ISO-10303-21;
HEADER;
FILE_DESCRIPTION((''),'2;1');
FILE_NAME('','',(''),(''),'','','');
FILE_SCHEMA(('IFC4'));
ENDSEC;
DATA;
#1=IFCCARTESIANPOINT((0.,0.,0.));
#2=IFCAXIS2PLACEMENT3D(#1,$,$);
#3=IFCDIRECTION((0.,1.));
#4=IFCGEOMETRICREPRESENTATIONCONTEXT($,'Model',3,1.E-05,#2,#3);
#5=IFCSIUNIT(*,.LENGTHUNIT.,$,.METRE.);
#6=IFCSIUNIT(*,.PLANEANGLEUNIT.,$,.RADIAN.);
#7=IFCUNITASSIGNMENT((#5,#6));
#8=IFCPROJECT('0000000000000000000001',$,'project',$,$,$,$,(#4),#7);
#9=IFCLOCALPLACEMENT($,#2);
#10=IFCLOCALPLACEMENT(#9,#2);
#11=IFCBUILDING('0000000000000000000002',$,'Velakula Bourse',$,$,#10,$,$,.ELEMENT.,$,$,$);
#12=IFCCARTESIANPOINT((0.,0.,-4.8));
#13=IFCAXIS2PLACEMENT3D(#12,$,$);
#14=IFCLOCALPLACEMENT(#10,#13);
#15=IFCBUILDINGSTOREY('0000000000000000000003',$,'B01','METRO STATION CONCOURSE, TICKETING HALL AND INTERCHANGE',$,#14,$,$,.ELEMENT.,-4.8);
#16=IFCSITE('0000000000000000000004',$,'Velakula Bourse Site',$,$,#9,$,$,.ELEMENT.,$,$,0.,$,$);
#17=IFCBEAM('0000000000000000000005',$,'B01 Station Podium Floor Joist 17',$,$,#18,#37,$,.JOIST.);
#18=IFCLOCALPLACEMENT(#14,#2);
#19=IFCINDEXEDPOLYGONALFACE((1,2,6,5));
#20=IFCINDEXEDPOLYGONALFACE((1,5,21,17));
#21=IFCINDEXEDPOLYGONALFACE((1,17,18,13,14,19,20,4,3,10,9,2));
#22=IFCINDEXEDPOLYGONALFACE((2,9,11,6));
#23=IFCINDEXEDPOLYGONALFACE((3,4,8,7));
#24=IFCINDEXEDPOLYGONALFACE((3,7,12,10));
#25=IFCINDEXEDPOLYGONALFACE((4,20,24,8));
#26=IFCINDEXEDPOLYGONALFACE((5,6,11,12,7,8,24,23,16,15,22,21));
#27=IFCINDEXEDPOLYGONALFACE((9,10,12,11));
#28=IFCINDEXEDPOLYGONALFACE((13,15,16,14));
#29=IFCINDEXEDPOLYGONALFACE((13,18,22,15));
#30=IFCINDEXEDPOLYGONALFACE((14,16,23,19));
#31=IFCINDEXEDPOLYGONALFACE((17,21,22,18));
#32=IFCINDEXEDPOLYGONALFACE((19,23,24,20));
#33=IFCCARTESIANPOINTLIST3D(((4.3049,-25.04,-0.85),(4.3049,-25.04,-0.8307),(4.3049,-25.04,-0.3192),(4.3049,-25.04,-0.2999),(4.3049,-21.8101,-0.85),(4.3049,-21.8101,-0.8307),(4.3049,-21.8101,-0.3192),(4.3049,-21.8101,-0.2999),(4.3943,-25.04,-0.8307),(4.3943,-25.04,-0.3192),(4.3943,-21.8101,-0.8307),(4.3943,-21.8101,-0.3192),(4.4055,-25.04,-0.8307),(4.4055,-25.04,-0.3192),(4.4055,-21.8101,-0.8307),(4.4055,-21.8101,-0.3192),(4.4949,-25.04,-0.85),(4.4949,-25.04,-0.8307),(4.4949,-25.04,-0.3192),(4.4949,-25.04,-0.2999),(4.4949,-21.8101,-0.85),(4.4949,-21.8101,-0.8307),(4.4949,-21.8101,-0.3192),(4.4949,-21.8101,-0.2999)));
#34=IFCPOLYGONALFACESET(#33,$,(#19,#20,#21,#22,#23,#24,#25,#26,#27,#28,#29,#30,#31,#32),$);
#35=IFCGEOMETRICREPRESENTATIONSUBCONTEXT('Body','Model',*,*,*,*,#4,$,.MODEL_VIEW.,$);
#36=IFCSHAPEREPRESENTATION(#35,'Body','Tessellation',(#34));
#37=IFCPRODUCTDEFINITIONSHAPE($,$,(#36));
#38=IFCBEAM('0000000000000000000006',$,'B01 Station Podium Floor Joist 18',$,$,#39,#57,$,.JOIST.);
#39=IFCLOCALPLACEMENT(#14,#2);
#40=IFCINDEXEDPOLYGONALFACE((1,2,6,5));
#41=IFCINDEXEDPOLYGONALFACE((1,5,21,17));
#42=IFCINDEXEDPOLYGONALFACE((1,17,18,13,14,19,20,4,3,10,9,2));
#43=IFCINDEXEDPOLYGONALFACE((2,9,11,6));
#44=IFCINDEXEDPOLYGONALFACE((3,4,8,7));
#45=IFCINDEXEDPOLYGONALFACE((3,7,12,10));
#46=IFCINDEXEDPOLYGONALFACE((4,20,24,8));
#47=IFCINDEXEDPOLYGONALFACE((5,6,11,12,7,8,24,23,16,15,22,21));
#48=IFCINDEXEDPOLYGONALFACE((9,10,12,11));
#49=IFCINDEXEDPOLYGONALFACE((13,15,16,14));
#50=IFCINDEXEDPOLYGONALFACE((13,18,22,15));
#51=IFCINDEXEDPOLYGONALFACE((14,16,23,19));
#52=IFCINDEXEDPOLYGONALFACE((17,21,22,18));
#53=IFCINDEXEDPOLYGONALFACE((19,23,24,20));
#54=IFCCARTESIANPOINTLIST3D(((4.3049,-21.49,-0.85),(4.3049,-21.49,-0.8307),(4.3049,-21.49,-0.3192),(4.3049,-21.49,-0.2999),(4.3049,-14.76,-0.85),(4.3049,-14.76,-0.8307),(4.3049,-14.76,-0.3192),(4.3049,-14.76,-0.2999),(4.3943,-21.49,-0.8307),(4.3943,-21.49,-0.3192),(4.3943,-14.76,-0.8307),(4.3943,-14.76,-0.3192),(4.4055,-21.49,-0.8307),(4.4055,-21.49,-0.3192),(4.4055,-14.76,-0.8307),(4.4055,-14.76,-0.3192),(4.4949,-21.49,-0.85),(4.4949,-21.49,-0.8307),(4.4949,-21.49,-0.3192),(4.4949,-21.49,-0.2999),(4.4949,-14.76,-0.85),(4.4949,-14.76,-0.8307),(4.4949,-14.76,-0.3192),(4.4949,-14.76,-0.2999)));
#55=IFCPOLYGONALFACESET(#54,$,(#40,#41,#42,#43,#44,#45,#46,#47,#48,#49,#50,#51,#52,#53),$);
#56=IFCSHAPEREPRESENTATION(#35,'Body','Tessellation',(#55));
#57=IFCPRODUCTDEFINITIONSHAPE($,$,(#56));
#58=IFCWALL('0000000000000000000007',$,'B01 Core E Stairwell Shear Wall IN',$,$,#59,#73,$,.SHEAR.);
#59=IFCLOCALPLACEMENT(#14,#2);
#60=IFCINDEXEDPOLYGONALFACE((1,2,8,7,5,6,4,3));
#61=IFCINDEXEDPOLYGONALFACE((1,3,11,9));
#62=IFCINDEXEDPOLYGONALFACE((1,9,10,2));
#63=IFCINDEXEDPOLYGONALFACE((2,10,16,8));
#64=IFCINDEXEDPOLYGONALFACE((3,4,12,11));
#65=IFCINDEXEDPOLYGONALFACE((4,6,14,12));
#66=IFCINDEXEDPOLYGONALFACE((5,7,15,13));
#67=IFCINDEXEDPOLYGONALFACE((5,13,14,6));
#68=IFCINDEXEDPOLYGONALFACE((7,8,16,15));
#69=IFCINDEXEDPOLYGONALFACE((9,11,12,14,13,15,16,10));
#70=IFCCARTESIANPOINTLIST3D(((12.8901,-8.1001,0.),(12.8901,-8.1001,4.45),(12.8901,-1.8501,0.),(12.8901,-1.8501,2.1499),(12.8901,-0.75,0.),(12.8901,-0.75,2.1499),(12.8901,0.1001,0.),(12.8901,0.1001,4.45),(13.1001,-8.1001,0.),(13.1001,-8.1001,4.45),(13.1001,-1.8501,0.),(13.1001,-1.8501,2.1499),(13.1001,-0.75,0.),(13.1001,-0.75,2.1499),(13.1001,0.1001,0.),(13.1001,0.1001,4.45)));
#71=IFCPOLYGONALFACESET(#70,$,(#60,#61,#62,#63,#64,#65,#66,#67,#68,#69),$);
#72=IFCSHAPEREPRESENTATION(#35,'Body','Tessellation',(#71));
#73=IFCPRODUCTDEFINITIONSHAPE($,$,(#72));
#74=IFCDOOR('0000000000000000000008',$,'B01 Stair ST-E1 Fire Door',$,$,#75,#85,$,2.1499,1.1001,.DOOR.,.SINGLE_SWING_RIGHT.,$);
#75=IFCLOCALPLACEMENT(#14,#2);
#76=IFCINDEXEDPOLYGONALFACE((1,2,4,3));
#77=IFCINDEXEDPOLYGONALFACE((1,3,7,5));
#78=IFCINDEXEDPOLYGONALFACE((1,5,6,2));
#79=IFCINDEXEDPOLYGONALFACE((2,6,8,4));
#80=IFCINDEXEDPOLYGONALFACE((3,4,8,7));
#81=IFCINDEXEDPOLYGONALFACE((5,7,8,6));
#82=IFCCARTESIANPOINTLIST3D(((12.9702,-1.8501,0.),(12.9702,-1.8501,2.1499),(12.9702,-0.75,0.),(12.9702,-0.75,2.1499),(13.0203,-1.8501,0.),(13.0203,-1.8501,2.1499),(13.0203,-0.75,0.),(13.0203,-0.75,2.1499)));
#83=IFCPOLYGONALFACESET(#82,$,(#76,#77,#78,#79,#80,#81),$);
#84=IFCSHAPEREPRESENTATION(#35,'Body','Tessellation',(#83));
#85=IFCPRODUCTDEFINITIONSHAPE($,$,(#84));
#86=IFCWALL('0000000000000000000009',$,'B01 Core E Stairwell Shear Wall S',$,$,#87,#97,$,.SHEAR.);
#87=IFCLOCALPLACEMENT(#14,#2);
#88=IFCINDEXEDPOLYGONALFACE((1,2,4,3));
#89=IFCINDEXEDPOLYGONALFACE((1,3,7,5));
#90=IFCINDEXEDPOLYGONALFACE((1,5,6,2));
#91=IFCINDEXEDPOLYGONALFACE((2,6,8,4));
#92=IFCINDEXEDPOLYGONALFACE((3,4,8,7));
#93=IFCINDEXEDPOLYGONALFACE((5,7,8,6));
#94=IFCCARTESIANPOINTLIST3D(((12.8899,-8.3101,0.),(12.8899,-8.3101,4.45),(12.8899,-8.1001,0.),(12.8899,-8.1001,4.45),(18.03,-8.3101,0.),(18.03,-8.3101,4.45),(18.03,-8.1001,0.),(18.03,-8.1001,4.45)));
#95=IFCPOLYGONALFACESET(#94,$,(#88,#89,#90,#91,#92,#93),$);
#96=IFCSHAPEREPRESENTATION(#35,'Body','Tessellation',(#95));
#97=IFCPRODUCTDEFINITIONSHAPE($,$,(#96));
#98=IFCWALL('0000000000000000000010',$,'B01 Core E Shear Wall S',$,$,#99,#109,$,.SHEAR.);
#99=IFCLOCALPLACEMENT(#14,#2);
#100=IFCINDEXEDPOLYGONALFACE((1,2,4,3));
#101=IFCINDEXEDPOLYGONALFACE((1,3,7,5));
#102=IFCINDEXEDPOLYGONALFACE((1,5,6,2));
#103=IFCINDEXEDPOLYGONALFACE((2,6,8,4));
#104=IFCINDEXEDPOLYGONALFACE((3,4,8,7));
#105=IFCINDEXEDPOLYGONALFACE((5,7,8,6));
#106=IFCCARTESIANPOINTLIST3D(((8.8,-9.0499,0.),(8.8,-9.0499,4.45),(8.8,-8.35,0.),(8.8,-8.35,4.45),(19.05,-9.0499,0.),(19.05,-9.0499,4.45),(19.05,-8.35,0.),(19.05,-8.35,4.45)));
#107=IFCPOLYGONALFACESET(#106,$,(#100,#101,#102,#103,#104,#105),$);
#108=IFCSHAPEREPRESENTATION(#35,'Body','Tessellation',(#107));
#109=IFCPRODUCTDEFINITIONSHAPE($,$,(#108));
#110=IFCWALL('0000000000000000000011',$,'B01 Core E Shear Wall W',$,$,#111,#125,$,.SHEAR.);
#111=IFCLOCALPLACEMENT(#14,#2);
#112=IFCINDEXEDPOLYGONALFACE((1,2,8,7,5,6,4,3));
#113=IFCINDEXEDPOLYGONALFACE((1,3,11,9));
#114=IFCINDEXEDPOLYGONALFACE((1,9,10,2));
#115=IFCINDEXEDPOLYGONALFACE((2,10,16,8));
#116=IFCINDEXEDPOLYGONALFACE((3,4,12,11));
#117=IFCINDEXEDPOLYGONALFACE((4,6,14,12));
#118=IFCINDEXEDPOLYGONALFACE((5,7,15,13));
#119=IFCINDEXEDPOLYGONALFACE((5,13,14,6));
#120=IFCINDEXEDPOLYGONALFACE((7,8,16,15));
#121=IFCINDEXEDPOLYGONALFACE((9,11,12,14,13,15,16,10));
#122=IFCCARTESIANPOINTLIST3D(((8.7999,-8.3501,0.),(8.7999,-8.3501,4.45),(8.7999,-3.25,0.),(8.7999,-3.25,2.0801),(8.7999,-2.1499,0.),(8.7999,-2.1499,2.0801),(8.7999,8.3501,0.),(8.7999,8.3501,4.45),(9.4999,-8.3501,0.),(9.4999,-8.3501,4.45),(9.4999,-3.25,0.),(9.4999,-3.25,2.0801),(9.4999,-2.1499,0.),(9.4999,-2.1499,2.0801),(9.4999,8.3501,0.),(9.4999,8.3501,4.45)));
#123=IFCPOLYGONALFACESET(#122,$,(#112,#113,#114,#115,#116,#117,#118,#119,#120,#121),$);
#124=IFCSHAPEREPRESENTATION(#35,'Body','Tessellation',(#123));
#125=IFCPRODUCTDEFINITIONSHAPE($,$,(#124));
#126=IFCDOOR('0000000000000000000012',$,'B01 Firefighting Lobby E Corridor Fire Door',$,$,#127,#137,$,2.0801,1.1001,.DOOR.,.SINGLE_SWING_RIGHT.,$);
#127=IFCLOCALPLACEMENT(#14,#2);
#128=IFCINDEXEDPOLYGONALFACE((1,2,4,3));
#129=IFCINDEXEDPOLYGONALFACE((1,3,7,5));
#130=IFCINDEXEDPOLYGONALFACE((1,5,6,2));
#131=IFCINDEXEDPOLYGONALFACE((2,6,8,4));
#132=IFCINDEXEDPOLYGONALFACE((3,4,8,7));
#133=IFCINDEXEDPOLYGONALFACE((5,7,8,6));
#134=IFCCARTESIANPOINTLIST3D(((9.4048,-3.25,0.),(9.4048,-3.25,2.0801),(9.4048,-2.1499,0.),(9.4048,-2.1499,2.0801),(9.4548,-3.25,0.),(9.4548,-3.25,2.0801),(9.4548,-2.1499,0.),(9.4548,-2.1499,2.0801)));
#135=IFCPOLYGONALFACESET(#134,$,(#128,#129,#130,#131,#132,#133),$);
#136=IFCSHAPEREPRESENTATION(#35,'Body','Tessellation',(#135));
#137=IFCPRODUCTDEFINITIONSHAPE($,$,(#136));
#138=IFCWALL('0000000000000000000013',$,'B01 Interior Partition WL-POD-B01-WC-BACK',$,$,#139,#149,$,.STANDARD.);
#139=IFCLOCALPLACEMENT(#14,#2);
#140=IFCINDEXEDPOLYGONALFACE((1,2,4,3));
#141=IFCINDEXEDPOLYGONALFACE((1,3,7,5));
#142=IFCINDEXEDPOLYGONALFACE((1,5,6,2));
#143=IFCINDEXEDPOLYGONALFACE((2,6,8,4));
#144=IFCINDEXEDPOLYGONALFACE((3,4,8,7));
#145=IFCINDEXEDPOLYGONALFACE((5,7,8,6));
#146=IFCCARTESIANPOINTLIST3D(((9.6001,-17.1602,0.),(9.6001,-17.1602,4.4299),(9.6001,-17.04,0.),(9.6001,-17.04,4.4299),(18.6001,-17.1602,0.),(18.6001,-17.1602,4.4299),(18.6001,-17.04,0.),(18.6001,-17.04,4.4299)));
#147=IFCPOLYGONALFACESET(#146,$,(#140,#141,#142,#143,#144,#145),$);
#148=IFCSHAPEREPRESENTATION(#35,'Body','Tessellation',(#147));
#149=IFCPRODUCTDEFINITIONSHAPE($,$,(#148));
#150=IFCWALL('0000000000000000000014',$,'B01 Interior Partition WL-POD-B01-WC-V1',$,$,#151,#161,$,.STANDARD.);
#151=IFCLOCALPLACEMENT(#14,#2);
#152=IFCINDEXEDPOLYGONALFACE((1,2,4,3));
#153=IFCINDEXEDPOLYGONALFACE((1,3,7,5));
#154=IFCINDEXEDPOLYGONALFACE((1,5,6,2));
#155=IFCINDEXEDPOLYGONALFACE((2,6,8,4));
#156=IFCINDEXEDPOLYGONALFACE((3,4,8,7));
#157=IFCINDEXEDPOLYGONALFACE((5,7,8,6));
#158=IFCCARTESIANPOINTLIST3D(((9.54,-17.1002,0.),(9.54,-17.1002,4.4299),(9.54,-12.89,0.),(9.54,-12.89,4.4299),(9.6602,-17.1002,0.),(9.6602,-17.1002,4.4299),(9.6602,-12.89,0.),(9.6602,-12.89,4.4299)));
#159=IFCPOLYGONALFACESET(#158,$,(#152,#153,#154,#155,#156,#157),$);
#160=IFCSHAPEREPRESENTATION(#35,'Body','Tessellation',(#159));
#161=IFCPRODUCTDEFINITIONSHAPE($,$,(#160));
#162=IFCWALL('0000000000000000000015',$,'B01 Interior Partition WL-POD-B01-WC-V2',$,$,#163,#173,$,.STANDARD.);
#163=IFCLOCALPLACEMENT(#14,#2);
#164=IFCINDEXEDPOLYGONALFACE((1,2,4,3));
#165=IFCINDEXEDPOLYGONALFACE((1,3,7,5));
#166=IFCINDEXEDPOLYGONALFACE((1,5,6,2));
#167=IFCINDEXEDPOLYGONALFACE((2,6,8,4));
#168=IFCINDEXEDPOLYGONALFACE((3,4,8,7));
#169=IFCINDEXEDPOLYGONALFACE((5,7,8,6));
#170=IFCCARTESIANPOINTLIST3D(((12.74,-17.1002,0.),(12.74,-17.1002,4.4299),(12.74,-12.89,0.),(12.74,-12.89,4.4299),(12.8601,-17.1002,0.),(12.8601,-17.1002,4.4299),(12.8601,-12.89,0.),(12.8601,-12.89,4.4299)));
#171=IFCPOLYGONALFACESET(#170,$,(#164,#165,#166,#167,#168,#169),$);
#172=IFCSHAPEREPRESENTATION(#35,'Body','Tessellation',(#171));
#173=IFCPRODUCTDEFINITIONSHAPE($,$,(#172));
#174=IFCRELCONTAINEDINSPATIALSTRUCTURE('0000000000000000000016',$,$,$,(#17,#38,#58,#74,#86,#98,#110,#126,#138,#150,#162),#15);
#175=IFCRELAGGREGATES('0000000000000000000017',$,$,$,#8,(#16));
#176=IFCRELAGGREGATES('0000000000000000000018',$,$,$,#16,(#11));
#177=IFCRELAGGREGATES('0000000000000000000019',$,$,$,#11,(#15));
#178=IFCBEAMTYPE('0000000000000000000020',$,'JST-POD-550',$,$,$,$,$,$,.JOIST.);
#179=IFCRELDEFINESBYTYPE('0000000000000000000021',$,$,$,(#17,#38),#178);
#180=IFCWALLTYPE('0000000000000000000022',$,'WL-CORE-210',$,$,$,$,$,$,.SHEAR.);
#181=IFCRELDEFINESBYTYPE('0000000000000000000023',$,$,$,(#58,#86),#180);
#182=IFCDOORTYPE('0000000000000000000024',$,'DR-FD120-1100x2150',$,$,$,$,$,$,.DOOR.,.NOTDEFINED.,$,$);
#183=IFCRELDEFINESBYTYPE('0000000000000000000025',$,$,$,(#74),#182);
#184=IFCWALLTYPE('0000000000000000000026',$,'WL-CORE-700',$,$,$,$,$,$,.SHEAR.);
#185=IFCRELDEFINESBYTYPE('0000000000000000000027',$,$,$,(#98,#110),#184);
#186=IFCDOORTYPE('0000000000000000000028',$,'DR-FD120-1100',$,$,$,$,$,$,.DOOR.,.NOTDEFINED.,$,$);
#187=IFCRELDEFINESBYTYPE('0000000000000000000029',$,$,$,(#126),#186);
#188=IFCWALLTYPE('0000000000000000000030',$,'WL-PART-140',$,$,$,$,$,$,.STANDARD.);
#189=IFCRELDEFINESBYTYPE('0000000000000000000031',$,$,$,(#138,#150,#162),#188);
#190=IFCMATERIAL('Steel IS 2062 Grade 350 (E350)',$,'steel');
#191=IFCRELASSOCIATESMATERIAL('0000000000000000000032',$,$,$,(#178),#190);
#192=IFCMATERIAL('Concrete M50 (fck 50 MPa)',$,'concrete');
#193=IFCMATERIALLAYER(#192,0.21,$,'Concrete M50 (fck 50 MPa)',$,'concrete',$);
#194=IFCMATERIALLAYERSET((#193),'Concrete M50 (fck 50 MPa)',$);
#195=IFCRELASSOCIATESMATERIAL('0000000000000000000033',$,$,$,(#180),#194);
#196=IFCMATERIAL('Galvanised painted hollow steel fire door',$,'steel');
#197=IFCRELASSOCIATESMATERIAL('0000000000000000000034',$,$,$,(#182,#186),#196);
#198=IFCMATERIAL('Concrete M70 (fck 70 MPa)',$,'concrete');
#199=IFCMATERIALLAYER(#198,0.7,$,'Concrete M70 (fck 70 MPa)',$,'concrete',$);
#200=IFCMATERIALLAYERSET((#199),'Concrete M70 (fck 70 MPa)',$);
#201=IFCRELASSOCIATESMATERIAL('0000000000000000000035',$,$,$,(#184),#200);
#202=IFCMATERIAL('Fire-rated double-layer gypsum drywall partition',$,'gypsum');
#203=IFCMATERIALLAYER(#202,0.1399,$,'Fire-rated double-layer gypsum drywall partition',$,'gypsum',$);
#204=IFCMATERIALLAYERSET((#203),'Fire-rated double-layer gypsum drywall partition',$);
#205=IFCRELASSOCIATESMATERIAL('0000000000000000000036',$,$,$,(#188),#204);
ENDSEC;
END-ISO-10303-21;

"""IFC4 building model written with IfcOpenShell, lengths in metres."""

from ifc_helpers import new_model, si_unit, direction, frame, frame_2d, origin, origin_2d, place, context, subcontext, project, spatial, rectangle, i_section, extrude, material, layer, layer_set, material_profile, profile_set, type_object, element, fill, save


model = new_model("IFC4")

# Units and contexts
model_context = context("Model", 3, precision=1e-05, world=origin(), true_north=direction((0.0, 1.0)))
body_context = subcontext(model_context, "Body", "Model", "MODEL_VIEW")
ifc_project = project(units=[si_unit("LENGTHUNIT", "METRE"), si_unit("PLANEANGLEUNIT", "RADIAN")], contexts=[model_context])

# Site, building, storey
site_placement = place(None, origin())
site = spatial("IfcSite", under=ifc_project, at=site_placement, Name="Velakula Bourse Site", CompositionType="ELEMENT", RefElevation=0.0)
building_placement = place(site_placement, origin())
building = spatial("IfcBuilding", under=site, at=building_placement, Name="Velakula Bourse", CompositionType="ELEMENT")
storey_placement = place(building_placement, frame((0.0, 0.0, -4.8)))
storey = spatial("IfcBuildingStorey", under=building, at=storey_placement, Name="B01", Description="METRO STATION CONCOURSE, TICKETING HALL AND INTERCHANGE", CompositionType="ELEMENT", Elevation=-4.8)

# Shared definitions
ifc_material_1 = material(Name="Concrete M70 (fck 70 MPa)", Category="concrete")
ifc_material_2 = material(Name="Concrete M50 (fck 50 MPa)", Category="concrete")

# Beams
ifc_material_3 = material(Name="Steel IS 2062 Grade 350 (E350)", Category="steel")
ifc_material_profile_1 = material_profile(ifc_material_3, i_section(OverallWidth=0.1899, OverallDepth=0.55, WebThickness=0.0112, FlangeThickness=0.0193, at=origin_2d()), Name="Steel IS 2062 Grade 350 (E350)")
ifc_profile_set_1 = profile_set([ifc_material_profile_1], Name="Steel IS 2062 Grade 350 (E350)")
beam_type_1 = type_object("IfcBeamType", Name="JST-POD-550", PredefinedType="JOIST", material=ifc_profile_set_1)
beam_1_placement = place(storey_placement, frame((4.3999, -25.04, -0.575), z_axis=(0.0, 1.0, 0.0), x_axis=(-1.0, 0.0, 0.0)))
element("IfcBeam", 1, at=beam_1_placement, inside=storey, type_object=beam_type_1, Name="B01 Station Podium Floor Joist 17", PredefinedType="JOIST", context=body_context, shape_type="SweptSolid", body=[
    extrude(i_section(OverallWidth=0.1899, OverallDepth=0.55, WebThickness=0.0112, FlangeThickness=0.0193, at=origin_2d()), origin(), (0.0, 0.0, 1.0), 3.23),
])
beam_2_placement = place(storey_placement, frame((4.3999, -21.49, -0.575), z_axis=(0.0, 1.0, 0.0), x_axis=(-1.0, 0.0, 0.0)))
element("IfcBeam", 2, at=beam_2_placement, inside=storey, type_object=beam_type_1, Name="B01 Station Podium Floor Joist 18", PredefinedType="JOIST", context=body_context, shape_type="SweptSolid", body=[
    extrude(i_section(OverallWidth=0.1899, OverallDepth=0.55, WebThickness=0.0112, FlangeThickness=0.0193, at=origin_2d()), origin(), (0.0, 0.0, 1.0), 6.73),
])

# Wall, opening, door
ifc_layer_1 = layer(ifc_material_2, 0.21, Name="Concrete M50 (fck 50 MPa)", Category="concrete")
ifc_layer_set_1 = layer_set([ifc_layer_1], Name="Concrete M50 (fck 50 MPa)")
wall_type_1 = type_object("IfcWallType", Name="WL-CORE-210", PredefinedType="SHEAR", material=ifc_layer_set_1)
wall_1_placement = place(storey_placement, frame((12.9951, -8.1001, 0.0), z_axis=(0.0, 0.0, 1.0), x_axis=(0.0, 1.0, 0.0)))
wall_1 = element("IfcWall", 3, at=wall_1_placement, inside=storey, type_object=wall_type_1, Name="B01 Core E Stairwell Shear Wall IN", PredefinedType="SHEAR", context=body_context, shape_type="SweptSolid", body=[
    extrude(rectangle(XDim=8.2002, YDim=0.21, at=frame_2d((4.1001, 0.0))), origin(), (0.0, 0.0, 1.0), 4.45),
])
opening_1_placement = place(wall_1_placement, frame((6.25, 0.0, 0.0)))
opening_1 = element("IfcOpeningElement", 4, at=opening_1_placement, cuts=wall_1, PredefinedType="OPENING", context=body_context, shape_type="SweptSolid", body=[
    extrude(rectangle(XDim=1.1001, YDim=2.1499, at=frame_2d((0.55, 1.075))), frame((0.0, 0.115, 0.0), z_axis=(0.0, -1.0, 0.0), x_axis=(1.0, 0.0, 0.0)), (0.0, 0.0, 1.0), 0.23),
])
ifc_material_4 = material(Name="Galvanised painted hollow steel fire door", Category="steel")
door_type_1 = type_object("IfcDoorType", Name="DR-FD120-1100x2150", OperationType="NOTDEFINED", PredefinedType="DOOR", material=ifc_material_4)
door_1_placement = place(opening_1_placement, origin())
door_1 = element("IfcDoor", 5, at=door_1_placement, inside=storey, type_object=door_type_1, Name="B01 Stair ST-E1 Fire Door", OperationType="SINGLE_SWING_RIGHT", OverallHeight=2.1499, OverallWidth=1.1001, PredefinedType="DOOR", context=body_context, shape_type="SweptSolid", body=[
    extrude(rectangle(XDim=1.1001, YDim=2.1499, at=frame_2d((0.55, 1.075))), frame((0.0, 0.0249, 0.0), z_axis=(0.0, -1.0, 0.0), x_axis=(1.0, 0.0, 0.0)), (0.0, 0.0, 1.0), 0.05),
])
fill(opening_1, door_1)

# Walls
wall_2_placement = place(storey_placement, frame((12.8899, -8.2051, 0.0), z_axis=(0.0, 0.0, 1.0), x_axis=(1.0, 0.0, 0.0)))
element("IfcWall", 6, at=wall_2_placement, inside=storey, type_object=wall_type_1, Name="B01 Core E Stairwell Shear Wall S", PredefinedType="SHEAR", context=body_context, shape_type="SweptSolid", body=[
    extrude(rectangle(XDim=5.1401, YDim=0.21, at=frame_2d((2.5701, 0.0))), origin(), (0.0, 0.0, 1.0), 4.45),
])
ifc_layer_2 = layer(ifc_material_1, 0.7, Name="Concrete M70 (fck 70 MPa)", Category="concrete")
ifc_layer_set_2 = layer_set([ifc_layer_2], Name="Concrete M70 (fck 70 MPa)")
wall_type_2 = type_object("IfcWallType", Name="WL-CORE-700", PredefinedType="SHEAR", material=ifc_layer_set_2)
wall_3_placement = place(storey_placement, frame((8.8, -8.7, 0.0), z_axis=(0.0, 0.0, 1.0), x_axis=(1.0, 0.0, 0.0)))
element("IfcWall", 7, at=wall_3_placement, inside=storey, type_object=wall_type_2, Name="B01 Core E Shear Wall S", PredefinedType="SHEAR", context=body_context, shape_type="SweptSolid", body=[
    extrude(rectangle(XDim=10.25, YDim=0.7, at=frame_2d((5.125, 0.0))), origin(), (0.0, 0.0, 1.0), 4.45),
])

# Wall, opening, door
wall_4_placement = place(storey_placement, frame((9.1499, -8.3501, 0.0), z_axis=(0.0, 0.0, 1.0), x_axis=(0.0, 1.0, 0.0)))
wall_4 = element("IfcWall", 8, at=wall_4_placement, inside=storey, type_object=wall_type_2, Name="B01 Core E Shear Wall W", PredefinedType="SHEAR", context=body_context, shape_type="SweptSolid", body=[
    extrude(rectangle(XDim=16.7002, YDim=0.7, at=frame_2d((8.3501, 0.0))), origin(), (0.0, 0.0, 1.0), 4.45),
])
opening_2_placement = place(wall_4_placement, frame((5.1001, 0.0, 0.0)))
opening_2 = element("IfcOpeningElement", 9, at=opening_2_placement, cuts=wall_4, PredefinedType="OPENING", context=body_context, shape_type="SweptSolid", body=[
    extrude(rectangle(XDim=1.1001, YDim=2.0801, at=frame_2d((0.55, 1.04))), frame((0.0, 0.3599, 0.0), z_axis=(0.0, -1.0, 0.0), x_axis=(1.0, 0.0, 0.0)), (0.0, 0.0, 1.0), 0.72),
])
door_type_2 = type_object("IfcDoorType", Name="DR-FD120-1100", OperationType="NOTDEFINED", PredefinedType="DOOR", material=ifc_material_4)
door_2_placement = place(opening_2_placement, origin())
door_2 = element("IfcDoor", 10, at=door_2_placement, inside=storey, type_object=door_type_2, Name="B01 Firefighting Lobby E Corridor Fire Door", OperationType="SINGLE_SWING_RIGHT", OverallHeight=2.0801, OverallWidth=1.1001, PredefinedType="DOOR", context=body_context, shape_type="SweptSolid", body=[
    extrude(rectangle(XDim=1.1001, YDim=2.0801, at=frame_2d((0.55, 1.04))), frame((0.0, -0.2549, 0.0), z_axis=(0.0, -1.0, 0.0), x_axis=(1.0, 0.0, 0.0)), (0.0, 0.0, 1.0), 0.05),
])
fill(opening_2, door_2)

# Walls
ifc_material_5 = material(Name="Fire-rated double-layer gypsum drywall partition", Category="gypsum")
ifc_layer_3 = layer(ifc_material_5, 0.1399, Name="Fire-rated double-layer gypsum drywall partition", Category="gypsum")
ifc_layer_set_3 = layer_set([ifc_layer_3], Name="Fire-rated double-layer gypsum drywall partition")
wall_type_3 = type_object("IfcWallType", Name="WL-PART-140", PredefinedType="STANDARD", material=ifc_layer_set_3)
wall_5_placement = place(storey_placement, frame((9.6001, -17.1001, 0.0), z_axis=(0.0, 0.0, 1.0), x_axis=(1.0, 0.0, 0.0)))
element("IfcWall", 11, at=wall_5_placement, inside=storey, type_object=wall_type_3, Name="B01 Interior Partition WL-POD-B01-WC-BACK", PredefinedType="STANDARD", context=body_context, shape_type="SweptSolid", body=[
    extrude(rectangle(XDim=9.0, YDim=0.1201, at=frame_2d((4.5, 0.0))), origin(), (0.0, 0.0, 1.0), 4.4299),
])
for number, where, z_axis, x_axis, name in (
    (12, (9.6001, -17.1001, 0.0), (0.0, 0.0, 1.0), (0.0, 1.0, 0.0), "B01 Interior Partition WL-POD-B01-WC-V1"),
    (13, (12.8, -17.1001, 0.0), (0.0, 0.0, 1.0), (0.0, 1.0, 0.0), "B01 Interior Partition WL-POD-B01-WC-V2"),
):
    element("IfcWall", number, at=place(storey_placement, frame(where, z_axis=z_axis, x_axis=x_axis)), inside=storey, type_object=wall_type_3, Name=name, PredefinedType="STANDARD", context=body_context, shape_type="SweptSolid", body=[
        extrude(rectangle(XDim=4.2102, YDim=0.1201, at=frame_2d((2.105, 0.0))), origin(), (0.0, 0.0, 1.0), 4.4299),
    ])

save(model, "model.ifc")
